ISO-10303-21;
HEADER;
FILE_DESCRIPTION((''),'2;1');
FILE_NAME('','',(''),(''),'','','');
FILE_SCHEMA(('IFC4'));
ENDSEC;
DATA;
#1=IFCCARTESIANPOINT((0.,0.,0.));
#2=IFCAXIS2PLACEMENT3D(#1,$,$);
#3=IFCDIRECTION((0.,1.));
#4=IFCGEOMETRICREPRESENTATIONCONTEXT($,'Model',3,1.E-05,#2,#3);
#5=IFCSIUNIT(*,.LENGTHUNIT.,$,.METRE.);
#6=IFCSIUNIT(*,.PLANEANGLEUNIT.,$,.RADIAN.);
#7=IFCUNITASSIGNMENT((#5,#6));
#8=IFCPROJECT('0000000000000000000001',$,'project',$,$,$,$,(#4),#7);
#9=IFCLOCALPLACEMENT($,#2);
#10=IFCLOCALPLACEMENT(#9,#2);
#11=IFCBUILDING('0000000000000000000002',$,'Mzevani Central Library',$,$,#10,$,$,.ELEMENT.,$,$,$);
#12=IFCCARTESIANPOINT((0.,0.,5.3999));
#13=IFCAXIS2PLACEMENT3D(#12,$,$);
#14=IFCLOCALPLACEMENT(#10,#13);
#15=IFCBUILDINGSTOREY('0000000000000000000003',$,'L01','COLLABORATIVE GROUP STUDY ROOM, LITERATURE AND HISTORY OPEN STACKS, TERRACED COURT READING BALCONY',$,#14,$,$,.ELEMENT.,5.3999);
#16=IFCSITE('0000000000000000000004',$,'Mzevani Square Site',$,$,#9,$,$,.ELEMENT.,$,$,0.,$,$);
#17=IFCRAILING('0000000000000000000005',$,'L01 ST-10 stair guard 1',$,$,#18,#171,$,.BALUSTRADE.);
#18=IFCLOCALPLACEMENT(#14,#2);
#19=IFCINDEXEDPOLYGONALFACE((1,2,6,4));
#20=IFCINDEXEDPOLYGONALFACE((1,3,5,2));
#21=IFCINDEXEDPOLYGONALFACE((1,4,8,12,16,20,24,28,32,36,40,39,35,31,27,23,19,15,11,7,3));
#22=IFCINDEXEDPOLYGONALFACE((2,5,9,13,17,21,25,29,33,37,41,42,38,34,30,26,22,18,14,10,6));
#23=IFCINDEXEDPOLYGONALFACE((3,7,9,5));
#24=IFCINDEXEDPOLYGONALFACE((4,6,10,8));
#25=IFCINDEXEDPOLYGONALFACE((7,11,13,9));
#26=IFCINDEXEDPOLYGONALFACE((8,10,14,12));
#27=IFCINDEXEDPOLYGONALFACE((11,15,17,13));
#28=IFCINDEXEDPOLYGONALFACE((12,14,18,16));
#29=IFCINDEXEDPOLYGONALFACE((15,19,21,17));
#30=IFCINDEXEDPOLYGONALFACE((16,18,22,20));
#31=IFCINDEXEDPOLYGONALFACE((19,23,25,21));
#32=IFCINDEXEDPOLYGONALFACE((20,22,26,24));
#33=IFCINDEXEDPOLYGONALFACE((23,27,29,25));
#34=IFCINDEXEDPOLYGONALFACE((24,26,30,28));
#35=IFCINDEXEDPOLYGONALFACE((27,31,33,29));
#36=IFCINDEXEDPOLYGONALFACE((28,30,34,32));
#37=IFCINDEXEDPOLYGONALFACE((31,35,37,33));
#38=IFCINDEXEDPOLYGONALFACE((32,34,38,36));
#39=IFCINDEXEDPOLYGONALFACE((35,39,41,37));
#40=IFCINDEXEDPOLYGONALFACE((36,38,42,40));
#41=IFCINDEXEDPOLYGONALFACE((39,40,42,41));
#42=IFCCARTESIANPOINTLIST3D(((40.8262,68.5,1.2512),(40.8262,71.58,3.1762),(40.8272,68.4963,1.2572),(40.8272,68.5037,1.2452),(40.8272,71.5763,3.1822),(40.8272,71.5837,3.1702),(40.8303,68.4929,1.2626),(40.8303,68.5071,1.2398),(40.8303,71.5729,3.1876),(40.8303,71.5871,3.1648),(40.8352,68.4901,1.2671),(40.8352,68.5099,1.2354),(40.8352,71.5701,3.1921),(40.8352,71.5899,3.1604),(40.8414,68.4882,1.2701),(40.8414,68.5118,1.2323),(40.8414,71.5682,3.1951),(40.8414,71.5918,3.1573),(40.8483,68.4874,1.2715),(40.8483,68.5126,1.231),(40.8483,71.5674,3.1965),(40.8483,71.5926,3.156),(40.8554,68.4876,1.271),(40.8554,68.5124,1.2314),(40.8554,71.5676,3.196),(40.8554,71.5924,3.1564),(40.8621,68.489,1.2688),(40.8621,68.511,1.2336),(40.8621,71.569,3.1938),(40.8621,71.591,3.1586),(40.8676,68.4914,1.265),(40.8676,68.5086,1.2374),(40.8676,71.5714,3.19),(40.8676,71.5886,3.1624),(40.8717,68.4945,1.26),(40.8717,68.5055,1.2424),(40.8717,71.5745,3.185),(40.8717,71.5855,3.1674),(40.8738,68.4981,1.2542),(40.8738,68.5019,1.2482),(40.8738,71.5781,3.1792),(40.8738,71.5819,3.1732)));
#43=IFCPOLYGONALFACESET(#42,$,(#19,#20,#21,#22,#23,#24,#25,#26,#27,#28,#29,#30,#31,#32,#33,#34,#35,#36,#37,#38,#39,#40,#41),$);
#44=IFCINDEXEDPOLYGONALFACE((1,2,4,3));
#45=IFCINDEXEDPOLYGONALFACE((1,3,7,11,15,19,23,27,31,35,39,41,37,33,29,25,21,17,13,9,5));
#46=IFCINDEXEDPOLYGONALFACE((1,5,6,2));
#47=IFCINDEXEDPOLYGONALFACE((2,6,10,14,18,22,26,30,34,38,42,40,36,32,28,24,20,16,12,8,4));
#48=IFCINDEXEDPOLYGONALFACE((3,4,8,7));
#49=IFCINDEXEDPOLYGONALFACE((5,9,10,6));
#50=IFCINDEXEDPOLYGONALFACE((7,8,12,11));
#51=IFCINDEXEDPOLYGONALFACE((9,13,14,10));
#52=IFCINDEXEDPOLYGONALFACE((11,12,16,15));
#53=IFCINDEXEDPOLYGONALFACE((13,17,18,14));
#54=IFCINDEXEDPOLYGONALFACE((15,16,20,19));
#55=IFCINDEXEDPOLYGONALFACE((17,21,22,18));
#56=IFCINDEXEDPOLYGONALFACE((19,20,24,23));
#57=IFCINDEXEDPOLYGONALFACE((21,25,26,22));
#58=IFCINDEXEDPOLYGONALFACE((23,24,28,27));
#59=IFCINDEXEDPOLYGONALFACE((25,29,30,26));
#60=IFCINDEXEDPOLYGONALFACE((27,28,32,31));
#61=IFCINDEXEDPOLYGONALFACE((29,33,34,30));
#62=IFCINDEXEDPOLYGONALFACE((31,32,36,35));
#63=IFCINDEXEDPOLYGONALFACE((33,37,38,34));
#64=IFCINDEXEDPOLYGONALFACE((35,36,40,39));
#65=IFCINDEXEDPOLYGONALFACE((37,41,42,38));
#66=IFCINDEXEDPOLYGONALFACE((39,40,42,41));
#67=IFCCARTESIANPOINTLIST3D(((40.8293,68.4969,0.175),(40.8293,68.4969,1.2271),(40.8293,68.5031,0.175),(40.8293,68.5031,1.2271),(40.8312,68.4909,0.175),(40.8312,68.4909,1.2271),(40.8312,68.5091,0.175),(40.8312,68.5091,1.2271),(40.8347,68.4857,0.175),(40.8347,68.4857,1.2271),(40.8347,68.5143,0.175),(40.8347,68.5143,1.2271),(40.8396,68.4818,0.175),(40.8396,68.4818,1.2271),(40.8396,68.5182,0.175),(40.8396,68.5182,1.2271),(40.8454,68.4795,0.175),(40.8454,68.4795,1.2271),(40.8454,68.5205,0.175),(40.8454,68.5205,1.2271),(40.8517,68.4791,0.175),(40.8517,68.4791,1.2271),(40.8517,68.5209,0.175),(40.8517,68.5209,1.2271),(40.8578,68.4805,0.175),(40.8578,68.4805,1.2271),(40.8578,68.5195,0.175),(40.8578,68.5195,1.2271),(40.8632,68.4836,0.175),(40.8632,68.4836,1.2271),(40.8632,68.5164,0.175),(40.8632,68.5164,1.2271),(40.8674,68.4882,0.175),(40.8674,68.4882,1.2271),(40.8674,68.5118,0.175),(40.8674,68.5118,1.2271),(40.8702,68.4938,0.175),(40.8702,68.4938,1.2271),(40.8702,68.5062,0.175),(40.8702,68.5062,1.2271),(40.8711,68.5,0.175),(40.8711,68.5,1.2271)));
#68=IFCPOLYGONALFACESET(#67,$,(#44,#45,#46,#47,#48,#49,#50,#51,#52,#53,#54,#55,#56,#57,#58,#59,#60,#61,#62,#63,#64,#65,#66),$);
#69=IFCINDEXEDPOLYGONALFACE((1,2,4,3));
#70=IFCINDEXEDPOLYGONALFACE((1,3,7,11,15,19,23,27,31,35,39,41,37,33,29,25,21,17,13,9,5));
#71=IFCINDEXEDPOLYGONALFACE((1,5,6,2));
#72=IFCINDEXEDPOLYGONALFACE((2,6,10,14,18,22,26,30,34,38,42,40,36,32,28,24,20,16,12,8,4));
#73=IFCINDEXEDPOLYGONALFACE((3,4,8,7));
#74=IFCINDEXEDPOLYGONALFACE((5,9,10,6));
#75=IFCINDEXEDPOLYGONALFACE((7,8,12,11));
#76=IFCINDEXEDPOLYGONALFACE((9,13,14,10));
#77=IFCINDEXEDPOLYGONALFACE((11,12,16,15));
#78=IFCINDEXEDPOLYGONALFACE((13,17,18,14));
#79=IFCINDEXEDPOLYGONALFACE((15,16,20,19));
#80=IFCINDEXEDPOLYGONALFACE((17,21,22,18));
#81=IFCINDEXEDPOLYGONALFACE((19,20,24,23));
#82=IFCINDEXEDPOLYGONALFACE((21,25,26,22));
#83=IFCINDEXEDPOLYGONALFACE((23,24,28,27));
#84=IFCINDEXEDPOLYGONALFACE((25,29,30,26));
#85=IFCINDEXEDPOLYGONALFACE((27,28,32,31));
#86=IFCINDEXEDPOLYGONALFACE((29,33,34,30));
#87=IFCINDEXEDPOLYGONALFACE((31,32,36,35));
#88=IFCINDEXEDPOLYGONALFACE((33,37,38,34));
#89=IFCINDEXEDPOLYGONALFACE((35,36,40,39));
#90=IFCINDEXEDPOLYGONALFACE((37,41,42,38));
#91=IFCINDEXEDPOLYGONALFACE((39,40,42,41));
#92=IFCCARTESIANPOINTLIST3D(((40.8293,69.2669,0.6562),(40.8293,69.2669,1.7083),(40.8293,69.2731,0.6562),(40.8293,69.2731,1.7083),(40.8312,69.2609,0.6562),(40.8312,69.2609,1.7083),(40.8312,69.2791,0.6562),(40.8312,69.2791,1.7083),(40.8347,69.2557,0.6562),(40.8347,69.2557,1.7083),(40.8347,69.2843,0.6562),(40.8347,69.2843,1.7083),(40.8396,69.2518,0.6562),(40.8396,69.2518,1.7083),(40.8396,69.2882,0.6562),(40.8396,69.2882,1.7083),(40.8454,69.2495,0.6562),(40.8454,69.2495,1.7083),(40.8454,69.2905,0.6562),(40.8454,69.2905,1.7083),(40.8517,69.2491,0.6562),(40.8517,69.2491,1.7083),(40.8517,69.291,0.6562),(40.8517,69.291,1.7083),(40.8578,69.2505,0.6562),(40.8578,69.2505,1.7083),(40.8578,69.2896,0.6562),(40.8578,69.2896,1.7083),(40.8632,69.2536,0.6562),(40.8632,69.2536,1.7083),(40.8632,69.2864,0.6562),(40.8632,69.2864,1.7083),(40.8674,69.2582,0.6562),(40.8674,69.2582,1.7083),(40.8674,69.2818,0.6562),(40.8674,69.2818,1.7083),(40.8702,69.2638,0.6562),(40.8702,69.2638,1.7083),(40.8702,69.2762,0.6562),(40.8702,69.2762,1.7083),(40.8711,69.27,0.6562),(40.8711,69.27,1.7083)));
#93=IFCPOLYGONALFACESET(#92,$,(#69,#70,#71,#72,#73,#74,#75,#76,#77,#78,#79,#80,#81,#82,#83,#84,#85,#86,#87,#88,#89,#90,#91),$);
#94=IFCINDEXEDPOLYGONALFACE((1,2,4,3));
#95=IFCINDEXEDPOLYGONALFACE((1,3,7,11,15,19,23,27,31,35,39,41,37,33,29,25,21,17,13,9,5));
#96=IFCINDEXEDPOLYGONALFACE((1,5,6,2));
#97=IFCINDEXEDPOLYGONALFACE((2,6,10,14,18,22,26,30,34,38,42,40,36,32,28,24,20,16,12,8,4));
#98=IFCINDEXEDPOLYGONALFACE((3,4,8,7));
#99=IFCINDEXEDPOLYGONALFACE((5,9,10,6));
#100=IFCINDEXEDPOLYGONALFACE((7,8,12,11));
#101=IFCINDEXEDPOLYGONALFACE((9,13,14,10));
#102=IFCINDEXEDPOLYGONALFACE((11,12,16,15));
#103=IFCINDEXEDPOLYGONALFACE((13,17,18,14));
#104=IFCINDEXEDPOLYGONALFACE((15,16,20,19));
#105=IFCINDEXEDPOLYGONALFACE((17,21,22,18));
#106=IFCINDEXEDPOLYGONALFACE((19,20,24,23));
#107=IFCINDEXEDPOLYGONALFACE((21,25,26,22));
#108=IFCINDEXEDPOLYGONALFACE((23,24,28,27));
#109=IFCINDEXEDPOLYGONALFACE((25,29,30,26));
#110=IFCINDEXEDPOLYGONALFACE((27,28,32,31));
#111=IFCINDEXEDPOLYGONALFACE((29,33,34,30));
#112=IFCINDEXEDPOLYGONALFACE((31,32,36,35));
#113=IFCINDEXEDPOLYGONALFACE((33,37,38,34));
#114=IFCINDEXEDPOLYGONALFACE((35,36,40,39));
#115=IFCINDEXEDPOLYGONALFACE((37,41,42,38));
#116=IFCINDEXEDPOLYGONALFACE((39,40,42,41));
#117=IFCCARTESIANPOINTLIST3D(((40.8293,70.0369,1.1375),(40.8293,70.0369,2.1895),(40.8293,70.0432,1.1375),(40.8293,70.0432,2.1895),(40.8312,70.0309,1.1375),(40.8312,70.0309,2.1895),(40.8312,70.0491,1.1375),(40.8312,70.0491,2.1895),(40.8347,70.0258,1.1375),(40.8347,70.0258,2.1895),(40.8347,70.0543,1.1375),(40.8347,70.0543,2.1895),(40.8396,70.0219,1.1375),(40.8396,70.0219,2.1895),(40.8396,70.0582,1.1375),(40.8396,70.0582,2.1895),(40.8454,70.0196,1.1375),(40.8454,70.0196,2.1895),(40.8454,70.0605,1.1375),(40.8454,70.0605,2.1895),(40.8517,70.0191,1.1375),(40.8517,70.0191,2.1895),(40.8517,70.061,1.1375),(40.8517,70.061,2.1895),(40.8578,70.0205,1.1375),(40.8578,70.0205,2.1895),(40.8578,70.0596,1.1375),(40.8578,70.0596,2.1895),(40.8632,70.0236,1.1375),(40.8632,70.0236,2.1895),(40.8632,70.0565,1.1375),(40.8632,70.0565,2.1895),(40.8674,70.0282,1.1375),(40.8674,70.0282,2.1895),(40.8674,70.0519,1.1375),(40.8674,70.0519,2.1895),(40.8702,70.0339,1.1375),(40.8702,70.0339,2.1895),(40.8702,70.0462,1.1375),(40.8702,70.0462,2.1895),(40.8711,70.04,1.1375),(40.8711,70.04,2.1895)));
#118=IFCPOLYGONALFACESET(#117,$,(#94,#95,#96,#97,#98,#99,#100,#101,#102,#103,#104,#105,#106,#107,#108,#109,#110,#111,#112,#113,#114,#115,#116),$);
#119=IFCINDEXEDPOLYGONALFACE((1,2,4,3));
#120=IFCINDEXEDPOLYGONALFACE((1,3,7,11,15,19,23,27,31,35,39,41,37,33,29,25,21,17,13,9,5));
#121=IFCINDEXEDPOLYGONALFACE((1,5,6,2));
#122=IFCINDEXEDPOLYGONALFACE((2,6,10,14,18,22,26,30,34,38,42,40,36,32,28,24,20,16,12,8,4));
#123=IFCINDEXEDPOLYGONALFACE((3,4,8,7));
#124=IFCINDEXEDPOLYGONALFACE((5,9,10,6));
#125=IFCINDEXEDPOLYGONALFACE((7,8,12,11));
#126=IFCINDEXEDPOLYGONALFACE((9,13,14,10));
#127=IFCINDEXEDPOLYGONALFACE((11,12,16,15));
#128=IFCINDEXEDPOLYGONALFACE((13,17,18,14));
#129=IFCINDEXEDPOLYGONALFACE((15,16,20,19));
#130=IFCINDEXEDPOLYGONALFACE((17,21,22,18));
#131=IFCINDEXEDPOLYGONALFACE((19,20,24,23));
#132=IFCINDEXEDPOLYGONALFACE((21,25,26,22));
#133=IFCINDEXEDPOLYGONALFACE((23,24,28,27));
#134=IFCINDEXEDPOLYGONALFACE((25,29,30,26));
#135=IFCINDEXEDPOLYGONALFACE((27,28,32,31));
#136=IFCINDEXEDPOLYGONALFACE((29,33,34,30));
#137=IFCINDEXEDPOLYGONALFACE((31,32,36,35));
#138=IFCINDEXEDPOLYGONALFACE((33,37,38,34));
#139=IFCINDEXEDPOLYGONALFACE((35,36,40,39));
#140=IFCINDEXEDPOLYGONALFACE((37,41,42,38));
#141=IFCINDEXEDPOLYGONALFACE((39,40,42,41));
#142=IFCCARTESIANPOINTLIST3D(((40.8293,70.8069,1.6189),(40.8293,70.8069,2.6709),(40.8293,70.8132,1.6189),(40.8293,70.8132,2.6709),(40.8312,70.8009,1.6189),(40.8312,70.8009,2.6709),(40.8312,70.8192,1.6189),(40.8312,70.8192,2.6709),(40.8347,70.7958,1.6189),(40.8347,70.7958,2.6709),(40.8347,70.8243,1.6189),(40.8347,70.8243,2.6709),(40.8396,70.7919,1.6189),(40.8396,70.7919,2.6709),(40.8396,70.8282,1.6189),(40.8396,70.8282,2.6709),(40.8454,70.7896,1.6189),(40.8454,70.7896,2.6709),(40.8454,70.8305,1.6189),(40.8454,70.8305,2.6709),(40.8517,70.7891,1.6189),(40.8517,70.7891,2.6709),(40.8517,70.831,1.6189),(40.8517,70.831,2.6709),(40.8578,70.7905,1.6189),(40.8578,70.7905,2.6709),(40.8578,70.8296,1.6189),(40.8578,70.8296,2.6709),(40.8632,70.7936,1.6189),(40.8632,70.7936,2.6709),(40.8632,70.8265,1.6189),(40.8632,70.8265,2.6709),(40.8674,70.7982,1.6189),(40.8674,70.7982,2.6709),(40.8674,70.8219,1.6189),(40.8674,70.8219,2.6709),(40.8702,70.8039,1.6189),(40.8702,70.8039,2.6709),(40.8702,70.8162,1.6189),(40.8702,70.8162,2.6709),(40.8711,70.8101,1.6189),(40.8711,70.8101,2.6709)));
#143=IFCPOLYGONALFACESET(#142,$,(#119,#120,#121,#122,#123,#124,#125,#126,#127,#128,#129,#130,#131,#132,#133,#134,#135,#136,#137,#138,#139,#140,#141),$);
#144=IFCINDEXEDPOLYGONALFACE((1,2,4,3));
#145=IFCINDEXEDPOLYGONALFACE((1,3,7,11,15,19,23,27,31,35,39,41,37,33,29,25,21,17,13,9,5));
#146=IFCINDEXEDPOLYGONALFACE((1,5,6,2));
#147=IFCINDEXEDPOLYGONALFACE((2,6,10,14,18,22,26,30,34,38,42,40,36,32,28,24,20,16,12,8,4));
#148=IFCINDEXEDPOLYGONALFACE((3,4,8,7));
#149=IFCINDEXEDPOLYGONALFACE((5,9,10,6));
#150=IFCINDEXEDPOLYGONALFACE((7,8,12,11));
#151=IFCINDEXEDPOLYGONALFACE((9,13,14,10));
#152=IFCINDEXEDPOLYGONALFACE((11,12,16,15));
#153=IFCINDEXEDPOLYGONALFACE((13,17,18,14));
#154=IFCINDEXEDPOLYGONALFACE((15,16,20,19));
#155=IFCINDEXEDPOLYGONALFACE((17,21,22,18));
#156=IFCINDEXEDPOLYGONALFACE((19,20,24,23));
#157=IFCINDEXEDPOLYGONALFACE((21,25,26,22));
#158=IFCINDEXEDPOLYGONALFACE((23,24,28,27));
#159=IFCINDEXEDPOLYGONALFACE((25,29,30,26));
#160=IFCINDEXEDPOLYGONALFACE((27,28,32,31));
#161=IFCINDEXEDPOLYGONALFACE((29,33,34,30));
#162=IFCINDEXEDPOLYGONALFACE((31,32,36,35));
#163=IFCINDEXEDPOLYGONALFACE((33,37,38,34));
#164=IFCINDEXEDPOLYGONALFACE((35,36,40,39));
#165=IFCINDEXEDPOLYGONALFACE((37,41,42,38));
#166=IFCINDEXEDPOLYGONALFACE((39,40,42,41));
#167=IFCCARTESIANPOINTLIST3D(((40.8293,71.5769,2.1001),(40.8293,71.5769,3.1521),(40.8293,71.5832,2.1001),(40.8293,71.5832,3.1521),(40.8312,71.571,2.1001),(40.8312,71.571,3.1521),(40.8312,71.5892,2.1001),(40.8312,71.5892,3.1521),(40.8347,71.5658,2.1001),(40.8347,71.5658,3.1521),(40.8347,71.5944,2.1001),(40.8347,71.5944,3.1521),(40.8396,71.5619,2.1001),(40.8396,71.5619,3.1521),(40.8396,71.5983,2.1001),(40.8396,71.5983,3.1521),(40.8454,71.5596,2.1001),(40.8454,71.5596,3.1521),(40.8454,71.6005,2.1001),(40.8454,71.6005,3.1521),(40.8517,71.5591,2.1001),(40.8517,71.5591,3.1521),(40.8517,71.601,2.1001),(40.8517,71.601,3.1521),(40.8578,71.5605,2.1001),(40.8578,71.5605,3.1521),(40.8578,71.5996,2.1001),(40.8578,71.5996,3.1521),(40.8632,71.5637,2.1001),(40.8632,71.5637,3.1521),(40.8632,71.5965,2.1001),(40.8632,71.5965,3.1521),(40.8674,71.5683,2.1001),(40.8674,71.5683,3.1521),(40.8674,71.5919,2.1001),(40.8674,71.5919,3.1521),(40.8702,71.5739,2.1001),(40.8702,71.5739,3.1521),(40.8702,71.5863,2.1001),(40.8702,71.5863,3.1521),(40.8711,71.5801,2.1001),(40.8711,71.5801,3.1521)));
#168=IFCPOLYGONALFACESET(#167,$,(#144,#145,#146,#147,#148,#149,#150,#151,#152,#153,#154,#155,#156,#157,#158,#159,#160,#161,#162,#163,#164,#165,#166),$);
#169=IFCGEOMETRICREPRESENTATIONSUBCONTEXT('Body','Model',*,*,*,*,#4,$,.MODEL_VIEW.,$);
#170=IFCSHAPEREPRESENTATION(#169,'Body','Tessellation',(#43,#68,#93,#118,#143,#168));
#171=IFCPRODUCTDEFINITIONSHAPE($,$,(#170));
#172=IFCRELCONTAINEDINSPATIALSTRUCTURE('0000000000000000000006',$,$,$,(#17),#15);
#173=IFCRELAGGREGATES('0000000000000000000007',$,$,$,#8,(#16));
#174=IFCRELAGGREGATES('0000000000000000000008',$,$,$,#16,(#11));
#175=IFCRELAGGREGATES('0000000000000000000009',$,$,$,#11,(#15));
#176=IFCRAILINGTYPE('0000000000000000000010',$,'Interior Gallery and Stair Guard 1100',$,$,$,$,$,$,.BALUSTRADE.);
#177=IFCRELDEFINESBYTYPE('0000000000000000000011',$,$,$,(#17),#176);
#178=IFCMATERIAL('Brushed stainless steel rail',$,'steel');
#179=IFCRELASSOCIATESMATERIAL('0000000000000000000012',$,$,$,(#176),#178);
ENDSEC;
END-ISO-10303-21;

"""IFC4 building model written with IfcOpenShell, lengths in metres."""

from ifc_helpers import new_model, si_unit, direction, frame, origin, origin_2d, place, context, subcontext, project, spatial, circle, extrude, material, type_object, element, save


model = new_model("IFC4")

# Units and contexts
model_context = context("Model", 3, precision=1e-05, world=origin(), true_north=direction((0.0, 1.0)))
body_context = subcontext(model_context, "Body", "Model", "MODEL_VIEW")
ifc_project = project(units=[si_unit("LENGTHUNIT", "METRE"), si_unit("PLANEANGLEUNIT", "RADIAN")], contexts=[model_context])

# Site, building, storey
site_placement = place(None, origin())
site = spatial("IfcSite", under=ifc_project, at=site_placement, Name="Mzevani Square Site", CompositionType="ELEMENT", RefElevation=0.0)
building_placement = place(site_placement, origin())
building = spatial("IfcBuilding", under=site, at=building_placement, Name="Mzevani Central Library", CompositionType="ELEMENT")
storey_placement = place(building_placement, frame((0.0, 0.0, 5.3999)))
storey = spatial("IfcBuildingStorey", under=building, at=storey_placement, Name="L01", Description="COLLABORATIVE GROUP STUDY ROOM, LITERATURE AND HISTORY OPEN STACKS, TERRACED COURT READING BALCONY", CompositionType="ELEMENT", Elevation=5.3999)

# Railing
ifc_material_1 = material(Name="Brushed stainless steel rail", Category="steel")
railing_type_1 = type_object("IfcRailingType", Name="Interior Gallery and Stair Guard 1100", PredefinedType="BALUSTRADE", material=ifc_material_1)
railing_1_placement = place(storey_placement, frame((40.8501, 68.5, 0.175)))
element("IfcRailing", 1, at=railing_1_placement, inside=storey, type_object=railing_type_1, Name="L01 ST-10 stair guard 1", PredefinedType="BALUSTRADE", context=body_context, shape_type="SweptSolid", body=[
    extrude(circle(Radius=0.0239, at=origin_2d()), frame((0.0, 0.0, 1.0762), z_axis=(0.0, 0.847998, 0.529999), x_axis=(-1.0, 0.0, 0.0)), (0.0, 0.0, 1.0), 3.6321),
    extrude(circle(Radius=0.021, at=origin_2d()), origin(), (0.0, 0.0, 1.0), 1.052),
    extrude(circle(Radius=0.021, at=origin_2d()), frame((0.0, 0.77, 0.4812)), (0.0, 0.0, 1.0), 1.052),
    extrude(circle(Radius=0.021, at=origin_2d()), frame((0.0, 1.54, 0.9624)), (0.0, 0.0, 1.0), 1.052),
    extrude(circle(Radius=0.021, at=origin_2d()), frame((0.0, 2.3101, 1.4438)), (0.0, 0.0, 1.0), 1.052),
    extrude(circle(Radius=0.021, at=origin_2d()), frame((0.0, 3.0801, 1.925)), (0.0, 0.0, 1.0), 1.052),
])

save(model, "model.ifc")
